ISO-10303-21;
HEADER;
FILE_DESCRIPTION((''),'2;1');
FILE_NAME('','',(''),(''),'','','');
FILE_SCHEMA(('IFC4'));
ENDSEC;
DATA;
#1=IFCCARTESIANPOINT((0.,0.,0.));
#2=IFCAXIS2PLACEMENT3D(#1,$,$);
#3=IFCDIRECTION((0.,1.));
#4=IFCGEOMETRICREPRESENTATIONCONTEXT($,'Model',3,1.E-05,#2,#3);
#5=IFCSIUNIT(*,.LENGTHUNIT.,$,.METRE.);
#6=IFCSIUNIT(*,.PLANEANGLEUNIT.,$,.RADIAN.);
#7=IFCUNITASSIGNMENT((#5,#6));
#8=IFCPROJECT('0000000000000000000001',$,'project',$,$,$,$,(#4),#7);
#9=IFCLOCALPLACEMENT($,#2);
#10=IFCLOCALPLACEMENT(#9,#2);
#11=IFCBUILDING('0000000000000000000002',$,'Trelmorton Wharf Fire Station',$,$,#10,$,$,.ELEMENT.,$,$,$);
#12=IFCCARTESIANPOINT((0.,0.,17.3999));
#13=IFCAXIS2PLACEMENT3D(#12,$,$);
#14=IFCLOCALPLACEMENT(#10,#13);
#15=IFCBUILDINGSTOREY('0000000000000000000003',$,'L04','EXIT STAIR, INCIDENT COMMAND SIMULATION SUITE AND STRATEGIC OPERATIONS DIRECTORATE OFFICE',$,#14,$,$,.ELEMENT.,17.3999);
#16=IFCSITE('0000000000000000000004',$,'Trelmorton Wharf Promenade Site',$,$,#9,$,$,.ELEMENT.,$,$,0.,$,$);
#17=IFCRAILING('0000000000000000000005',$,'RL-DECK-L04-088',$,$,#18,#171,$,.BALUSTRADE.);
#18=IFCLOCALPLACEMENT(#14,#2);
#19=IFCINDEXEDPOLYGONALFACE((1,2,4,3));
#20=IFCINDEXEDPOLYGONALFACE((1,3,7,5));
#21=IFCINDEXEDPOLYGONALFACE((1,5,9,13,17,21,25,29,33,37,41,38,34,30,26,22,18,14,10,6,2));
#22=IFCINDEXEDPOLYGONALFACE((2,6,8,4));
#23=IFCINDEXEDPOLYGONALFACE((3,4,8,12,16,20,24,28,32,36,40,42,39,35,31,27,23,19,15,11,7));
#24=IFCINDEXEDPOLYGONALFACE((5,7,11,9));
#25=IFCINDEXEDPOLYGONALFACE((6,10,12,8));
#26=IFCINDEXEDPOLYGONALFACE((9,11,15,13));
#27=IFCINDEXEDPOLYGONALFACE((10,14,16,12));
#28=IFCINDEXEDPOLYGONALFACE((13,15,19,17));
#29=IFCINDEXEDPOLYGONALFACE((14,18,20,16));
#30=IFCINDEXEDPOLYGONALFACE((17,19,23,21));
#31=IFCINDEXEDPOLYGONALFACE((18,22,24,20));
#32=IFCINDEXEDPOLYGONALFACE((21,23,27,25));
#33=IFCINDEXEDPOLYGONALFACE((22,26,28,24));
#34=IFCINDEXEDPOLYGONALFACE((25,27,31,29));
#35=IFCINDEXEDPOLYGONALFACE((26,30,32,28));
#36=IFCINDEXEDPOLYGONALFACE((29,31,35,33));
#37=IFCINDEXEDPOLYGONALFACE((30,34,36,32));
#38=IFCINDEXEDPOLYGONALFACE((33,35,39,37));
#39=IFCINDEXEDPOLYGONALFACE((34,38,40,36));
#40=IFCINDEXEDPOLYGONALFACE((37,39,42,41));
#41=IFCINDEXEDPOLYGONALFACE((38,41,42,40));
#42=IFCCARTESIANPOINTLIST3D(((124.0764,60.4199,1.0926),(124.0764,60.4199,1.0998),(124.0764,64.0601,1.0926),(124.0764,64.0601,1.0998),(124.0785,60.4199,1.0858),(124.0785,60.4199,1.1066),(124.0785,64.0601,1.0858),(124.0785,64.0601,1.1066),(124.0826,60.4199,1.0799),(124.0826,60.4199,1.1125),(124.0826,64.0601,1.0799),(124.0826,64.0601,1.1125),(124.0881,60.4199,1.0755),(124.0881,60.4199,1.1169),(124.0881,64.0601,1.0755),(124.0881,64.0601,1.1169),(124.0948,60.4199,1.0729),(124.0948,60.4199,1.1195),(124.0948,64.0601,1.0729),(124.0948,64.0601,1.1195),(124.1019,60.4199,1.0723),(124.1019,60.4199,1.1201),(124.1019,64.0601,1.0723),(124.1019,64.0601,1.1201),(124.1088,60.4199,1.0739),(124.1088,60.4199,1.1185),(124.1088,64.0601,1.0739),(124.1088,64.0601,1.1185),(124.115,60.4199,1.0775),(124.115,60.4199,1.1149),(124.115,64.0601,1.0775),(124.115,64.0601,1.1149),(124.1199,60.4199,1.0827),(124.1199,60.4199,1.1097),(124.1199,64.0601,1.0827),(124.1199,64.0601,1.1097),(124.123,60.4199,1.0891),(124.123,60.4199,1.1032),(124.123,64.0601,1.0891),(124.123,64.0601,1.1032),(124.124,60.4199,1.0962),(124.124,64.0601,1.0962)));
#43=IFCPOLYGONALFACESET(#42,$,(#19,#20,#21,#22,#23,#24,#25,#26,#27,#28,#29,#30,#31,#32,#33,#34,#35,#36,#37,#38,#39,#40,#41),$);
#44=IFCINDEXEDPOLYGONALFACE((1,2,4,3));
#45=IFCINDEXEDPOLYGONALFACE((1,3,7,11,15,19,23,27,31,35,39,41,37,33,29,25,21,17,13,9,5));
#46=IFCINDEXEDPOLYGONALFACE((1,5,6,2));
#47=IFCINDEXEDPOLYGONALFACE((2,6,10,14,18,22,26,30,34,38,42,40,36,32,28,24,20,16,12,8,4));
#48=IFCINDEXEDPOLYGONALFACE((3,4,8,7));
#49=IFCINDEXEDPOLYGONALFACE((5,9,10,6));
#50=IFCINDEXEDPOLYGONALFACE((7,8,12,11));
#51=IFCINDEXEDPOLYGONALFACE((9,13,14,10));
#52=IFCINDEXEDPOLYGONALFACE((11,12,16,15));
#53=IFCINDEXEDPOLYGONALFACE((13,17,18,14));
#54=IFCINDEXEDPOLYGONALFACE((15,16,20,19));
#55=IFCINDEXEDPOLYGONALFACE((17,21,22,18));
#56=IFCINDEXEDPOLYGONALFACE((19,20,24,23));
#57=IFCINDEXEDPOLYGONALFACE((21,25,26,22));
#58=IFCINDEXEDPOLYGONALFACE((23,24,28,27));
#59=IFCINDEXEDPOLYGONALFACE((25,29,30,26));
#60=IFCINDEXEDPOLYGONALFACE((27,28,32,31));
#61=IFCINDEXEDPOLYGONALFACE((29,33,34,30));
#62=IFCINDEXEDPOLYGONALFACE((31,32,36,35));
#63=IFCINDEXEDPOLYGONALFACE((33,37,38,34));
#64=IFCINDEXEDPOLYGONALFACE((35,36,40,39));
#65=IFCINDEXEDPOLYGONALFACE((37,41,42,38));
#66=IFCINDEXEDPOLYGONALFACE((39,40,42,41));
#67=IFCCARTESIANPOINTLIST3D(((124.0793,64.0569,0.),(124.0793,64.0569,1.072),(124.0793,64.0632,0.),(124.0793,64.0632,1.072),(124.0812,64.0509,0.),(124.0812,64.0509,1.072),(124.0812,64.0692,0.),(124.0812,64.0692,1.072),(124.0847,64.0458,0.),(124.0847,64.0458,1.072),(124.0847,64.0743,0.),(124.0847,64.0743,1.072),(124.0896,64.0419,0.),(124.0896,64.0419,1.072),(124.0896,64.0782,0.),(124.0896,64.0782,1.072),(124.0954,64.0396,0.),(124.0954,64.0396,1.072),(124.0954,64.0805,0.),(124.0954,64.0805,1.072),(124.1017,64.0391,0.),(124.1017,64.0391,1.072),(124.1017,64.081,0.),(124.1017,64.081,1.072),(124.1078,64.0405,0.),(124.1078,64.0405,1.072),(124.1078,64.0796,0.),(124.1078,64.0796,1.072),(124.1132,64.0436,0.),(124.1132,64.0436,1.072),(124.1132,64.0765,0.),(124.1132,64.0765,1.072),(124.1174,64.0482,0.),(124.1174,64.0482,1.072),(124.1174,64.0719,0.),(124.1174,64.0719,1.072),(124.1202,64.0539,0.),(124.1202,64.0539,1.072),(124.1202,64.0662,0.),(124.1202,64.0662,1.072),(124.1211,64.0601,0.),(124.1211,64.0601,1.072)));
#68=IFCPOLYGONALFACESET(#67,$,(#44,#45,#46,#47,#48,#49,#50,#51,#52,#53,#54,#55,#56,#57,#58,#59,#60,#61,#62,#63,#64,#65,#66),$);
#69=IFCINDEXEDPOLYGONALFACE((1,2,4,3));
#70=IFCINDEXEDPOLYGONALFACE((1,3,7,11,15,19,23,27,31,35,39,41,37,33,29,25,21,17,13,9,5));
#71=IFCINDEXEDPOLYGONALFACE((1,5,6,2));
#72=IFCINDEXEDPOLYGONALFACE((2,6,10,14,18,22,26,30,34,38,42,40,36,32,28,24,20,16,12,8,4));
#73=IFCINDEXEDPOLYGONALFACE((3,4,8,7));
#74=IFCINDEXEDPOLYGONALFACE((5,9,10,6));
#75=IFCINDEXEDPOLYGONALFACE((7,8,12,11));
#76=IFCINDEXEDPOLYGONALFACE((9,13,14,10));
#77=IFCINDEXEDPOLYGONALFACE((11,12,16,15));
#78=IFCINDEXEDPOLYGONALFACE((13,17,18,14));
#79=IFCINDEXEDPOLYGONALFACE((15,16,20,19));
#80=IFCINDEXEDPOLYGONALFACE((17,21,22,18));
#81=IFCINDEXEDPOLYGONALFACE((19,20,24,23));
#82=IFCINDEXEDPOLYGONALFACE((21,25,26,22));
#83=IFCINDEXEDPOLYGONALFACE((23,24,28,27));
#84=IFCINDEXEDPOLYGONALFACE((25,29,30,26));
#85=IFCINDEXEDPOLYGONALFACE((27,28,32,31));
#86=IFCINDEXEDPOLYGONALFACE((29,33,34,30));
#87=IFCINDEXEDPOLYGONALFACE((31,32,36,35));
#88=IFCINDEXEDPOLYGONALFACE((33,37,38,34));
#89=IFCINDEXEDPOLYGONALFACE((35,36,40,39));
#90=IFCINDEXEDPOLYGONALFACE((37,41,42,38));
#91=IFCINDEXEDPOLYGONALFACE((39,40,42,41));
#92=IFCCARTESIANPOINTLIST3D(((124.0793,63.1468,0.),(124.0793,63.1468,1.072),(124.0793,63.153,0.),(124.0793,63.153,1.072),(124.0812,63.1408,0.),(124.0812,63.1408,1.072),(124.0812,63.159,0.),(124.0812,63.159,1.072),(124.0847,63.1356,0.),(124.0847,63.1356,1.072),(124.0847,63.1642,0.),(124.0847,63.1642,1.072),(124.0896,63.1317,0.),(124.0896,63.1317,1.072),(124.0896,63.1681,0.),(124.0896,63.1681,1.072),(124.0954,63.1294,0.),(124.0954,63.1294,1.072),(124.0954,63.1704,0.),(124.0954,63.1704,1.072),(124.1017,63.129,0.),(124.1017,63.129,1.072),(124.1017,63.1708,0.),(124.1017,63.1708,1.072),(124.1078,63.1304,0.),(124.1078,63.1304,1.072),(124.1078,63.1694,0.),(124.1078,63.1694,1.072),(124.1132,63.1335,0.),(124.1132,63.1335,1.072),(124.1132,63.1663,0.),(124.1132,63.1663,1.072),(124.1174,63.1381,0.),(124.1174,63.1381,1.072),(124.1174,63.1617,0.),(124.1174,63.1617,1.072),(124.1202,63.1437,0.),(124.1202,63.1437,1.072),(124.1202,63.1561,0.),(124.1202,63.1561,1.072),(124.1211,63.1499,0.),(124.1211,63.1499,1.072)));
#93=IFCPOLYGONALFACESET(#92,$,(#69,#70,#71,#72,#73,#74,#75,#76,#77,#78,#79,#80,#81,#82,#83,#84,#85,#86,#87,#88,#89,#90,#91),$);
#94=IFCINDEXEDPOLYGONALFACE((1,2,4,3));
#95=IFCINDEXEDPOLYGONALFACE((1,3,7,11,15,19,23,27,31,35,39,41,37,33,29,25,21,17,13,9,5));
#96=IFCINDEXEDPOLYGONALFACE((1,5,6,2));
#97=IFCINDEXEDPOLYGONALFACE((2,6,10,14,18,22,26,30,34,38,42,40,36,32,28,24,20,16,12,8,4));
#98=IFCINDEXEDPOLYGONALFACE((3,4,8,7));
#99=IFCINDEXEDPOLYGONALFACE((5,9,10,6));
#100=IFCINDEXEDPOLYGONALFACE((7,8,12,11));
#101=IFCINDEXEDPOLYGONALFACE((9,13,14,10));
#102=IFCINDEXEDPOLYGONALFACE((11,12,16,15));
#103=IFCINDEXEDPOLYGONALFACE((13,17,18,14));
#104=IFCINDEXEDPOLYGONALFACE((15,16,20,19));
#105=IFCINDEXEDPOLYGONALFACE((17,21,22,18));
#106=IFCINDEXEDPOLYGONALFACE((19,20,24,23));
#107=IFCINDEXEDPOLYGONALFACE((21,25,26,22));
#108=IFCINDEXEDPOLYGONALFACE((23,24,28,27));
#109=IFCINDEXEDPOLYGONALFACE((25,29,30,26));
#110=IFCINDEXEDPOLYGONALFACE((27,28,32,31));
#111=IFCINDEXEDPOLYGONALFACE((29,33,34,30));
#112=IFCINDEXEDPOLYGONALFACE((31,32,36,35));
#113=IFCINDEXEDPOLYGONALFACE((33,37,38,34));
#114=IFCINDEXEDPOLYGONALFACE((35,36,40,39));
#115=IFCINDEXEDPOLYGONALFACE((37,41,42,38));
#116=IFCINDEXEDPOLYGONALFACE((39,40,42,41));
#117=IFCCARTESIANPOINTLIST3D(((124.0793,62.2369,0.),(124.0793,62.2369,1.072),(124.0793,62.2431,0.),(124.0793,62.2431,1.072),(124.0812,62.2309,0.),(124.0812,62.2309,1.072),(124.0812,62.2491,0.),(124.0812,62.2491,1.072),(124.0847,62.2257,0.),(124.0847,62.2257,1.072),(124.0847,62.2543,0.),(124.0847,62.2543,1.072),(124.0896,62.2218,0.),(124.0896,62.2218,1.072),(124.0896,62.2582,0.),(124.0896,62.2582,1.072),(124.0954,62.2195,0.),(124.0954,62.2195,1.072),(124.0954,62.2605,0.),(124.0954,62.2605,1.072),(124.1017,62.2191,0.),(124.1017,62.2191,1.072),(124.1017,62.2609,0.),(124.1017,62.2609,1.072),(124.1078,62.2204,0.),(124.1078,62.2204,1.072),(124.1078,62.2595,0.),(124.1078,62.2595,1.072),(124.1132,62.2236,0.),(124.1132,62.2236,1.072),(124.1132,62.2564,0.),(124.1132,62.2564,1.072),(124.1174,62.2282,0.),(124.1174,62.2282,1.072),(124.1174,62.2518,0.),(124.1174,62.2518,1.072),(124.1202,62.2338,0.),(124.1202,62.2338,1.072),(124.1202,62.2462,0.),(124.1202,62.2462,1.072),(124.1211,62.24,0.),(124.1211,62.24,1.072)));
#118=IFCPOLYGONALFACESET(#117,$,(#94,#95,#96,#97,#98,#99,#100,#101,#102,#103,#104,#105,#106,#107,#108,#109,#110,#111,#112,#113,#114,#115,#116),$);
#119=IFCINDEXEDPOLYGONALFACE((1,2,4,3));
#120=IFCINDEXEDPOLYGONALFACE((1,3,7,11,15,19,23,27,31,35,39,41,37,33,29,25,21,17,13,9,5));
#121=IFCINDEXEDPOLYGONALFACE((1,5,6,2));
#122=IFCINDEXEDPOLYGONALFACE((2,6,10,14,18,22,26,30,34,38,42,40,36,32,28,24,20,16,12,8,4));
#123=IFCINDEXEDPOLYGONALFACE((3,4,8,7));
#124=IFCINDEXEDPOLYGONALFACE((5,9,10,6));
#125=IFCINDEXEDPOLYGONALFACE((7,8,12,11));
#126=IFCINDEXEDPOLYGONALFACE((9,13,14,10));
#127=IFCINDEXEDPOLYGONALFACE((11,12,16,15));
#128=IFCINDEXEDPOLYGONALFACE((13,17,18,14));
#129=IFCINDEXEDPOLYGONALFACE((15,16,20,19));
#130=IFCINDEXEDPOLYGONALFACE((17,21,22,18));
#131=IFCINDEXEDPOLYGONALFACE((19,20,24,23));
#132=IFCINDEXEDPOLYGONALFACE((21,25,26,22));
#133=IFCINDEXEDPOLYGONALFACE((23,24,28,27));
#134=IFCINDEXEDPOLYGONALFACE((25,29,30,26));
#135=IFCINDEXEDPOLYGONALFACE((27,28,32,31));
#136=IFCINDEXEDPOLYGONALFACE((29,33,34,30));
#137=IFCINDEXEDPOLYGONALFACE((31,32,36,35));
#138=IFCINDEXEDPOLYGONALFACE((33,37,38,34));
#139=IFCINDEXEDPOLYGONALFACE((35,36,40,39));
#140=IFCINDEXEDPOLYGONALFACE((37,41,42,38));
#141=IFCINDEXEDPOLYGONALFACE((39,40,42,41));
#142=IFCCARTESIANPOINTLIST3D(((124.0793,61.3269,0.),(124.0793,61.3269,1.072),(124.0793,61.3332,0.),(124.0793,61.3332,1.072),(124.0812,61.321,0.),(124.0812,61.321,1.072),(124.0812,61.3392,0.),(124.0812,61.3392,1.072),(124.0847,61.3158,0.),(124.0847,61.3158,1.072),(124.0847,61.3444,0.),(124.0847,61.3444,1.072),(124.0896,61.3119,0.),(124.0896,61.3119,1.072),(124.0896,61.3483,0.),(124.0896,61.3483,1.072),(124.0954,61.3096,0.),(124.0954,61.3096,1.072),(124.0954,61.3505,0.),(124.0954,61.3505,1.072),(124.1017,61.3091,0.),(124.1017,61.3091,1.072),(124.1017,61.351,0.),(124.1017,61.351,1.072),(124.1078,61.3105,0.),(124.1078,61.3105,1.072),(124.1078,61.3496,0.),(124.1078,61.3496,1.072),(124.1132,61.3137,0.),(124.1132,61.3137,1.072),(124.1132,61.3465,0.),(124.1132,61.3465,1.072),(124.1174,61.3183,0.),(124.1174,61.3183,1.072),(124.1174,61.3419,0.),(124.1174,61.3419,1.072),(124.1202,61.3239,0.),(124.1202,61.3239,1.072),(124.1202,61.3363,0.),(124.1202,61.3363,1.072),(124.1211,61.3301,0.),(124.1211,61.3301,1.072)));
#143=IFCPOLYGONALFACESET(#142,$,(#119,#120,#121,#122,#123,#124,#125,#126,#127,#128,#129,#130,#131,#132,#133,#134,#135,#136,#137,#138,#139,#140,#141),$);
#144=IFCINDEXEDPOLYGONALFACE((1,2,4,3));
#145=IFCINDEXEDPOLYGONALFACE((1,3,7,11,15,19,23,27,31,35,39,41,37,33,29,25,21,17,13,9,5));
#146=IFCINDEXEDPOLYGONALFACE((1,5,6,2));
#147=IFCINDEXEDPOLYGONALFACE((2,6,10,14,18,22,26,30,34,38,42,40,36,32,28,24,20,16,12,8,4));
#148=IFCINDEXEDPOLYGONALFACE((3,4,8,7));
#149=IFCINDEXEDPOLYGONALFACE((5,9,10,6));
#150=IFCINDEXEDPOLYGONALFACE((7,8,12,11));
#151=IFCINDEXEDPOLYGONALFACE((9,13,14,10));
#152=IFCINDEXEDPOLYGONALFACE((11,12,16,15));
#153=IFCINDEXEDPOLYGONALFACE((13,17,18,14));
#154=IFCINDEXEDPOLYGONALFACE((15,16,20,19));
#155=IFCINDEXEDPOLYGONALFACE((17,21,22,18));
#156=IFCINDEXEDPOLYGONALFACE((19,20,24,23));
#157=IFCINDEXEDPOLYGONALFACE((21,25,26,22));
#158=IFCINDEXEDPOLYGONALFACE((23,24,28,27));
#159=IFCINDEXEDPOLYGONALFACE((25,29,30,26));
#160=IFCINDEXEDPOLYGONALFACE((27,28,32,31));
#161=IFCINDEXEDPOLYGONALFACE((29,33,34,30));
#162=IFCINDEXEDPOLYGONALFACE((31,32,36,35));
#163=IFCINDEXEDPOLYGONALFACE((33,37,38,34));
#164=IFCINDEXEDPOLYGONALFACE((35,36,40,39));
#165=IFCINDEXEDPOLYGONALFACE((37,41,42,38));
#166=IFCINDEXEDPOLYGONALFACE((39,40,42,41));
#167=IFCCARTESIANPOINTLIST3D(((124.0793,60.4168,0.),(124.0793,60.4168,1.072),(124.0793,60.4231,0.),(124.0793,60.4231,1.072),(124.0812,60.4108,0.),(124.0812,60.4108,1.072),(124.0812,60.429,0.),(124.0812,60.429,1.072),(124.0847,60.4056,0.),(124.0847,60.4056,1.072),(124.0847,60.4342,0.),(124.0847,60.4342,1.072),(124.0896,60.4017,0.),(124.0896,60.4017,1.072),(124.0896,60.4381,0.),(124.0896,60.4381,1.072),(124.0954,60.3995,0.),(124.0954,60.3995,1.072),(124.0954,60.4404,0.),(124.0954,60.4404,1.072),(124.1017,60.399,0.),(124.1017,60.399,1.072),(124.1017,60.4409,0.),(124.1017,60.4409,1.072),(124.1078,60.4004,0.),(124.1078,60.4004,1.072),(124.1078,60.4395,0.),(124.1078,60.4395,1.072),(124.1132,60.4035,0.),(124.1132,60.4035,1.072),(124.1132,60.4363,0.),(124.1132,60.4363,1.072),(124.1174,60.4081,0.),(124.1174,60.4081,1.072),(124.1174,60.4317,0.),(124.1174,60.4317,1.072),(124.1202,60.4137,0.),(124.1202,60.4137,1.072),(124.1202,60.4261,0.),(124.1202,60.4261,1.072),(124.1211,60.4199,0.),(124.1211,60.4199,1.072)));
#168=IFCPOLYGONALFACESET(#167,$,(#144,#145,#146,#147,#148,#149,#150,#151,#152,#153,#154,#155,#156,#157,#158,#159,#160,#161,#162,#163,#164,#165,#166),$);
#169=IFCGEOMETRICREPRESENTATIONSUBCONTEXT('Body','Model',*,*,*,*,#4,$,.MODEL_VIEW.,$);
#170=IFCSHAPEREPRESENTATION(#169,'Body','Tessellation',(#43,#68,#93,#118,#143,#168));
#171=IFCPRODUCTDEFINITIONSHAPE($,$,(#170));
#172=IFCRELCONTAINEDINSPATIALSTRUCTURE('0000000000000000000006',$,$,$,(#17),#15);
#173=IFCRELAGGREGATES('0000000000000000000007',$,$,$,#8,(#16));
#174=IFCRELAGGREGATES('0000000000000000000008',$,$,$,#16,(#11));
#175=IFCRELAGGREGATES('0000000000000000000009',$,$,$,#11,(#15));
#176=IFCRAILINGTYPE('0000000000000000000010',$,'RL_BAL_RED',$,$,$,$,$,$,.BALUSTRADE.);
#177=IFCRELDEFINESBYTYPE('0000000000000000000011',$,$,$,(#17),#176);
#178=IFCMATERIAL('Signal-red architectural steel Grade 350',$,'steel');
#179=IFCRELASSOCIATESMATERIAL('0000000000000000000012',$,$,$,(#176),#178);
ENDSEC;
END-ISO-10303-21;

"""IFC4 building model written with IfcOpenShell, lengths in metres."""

from ifc_helpers import new_model, si_unit, direction, frame, origin, origin_2d, place, context, subcontext, project, spatial, circle, extrude, material, type_object, element, save


model = new_model("IFC4")

# Units and contexts
model_context = context("Model", 3, precision=1e-05, world=origin(), true_north=direction((0.0, 1.0)))
body_context = subcontext(model_context, "Body", "Model", "MODEL_VIEW")
ifc_project = project(units=[si_unit("LENGTHUNIT", "METRE"), si_unit("PLANEANGLEUNIT", "RADIAN")], contexts=[model_context])

# Site, building, storey
site_placement = place(None, origin())
site = spatial("IfcSite", under=ifc_project, at=site_placement, Name="Trelmorton Wharf Promenade Site", CompositionType="ELEMENT", RefElevation=0.0)
building_placement = place(site_placement, origin())
building = spatial("IfcBuilding", under=site, at=building_placement, Name="Trelmorton Wharf Fire Station", CompositionType="ELEMENT")
storey_placement = place(building_placement, frame((0.0, 0.0, 17.3999)))
storey = spatial("IfcBuildingStorey", under=building, at=storey_placement, Name="L04", Description="EXIT STAIR, INCIDENT COMMAND SIMULATION SUITE AND STRATEGIC OPERATIONS DIRECTORATE OFFICE", CompositionType="ELEMENT", Elevation=17.3999)

# Railing
ifc_material_1 = material(Name="Signal-red architectural steel Grade 350", Category="steel")
railing_type = type_object("IfcRailingType", Name="RL_BAL_RED", PredefinedType="BALUSTRADE", material=ifc_material_1)
railing_1_placement = place(storey_placement, frame((124.1001, 64.0601, 0.0)))
element("IfcRailing", 1, at=railing_1_placement, inside=storey, type_object=railing_type, Name="RL-DECK-L04-088", PredefinedType="BALUSTRADE", context=body_context, shape_type="SweptSolid", body=[
    extrude(circle(Radius=0.0239, at=origin_2d()), frame((0.0, 0.0, 1.0962), z_axis=(0.0, -1.0, 0.0), x_axis=(1.0, 0.0, 0.0)), (0.0, 0.0, 1.0), 3.6401),
    extrude(circle(Radius=0.021, at=origin_2d()), origin(), (0.0, 0.0, 1.0), 1.072),
    extrude(circle(Radius=0.021, at=origin_2d()), frame((0.0, -0.9102, 0.0)), (0.0, 0.0, 1.0), 1.072),
    extrude(circle(Radius=0.021, at=origin_2d()), frame((0.0, -1.8201, 0.0)), (0.0, 0.0, 1.0), 1.072),
    extrude(circle(Radius=0.021, at=origin_2d()), frame((0.0, -2.73, 0.0)), (0.0, 0.0, 1.0), 1.072),
    extrude(circle(Radius=0.021, at=origin_2d()), frame((0.0, -3.6401, 0.0)), (0.0, 0.0, 1.0), 1.072),
])

save(model, "model.ifc")
